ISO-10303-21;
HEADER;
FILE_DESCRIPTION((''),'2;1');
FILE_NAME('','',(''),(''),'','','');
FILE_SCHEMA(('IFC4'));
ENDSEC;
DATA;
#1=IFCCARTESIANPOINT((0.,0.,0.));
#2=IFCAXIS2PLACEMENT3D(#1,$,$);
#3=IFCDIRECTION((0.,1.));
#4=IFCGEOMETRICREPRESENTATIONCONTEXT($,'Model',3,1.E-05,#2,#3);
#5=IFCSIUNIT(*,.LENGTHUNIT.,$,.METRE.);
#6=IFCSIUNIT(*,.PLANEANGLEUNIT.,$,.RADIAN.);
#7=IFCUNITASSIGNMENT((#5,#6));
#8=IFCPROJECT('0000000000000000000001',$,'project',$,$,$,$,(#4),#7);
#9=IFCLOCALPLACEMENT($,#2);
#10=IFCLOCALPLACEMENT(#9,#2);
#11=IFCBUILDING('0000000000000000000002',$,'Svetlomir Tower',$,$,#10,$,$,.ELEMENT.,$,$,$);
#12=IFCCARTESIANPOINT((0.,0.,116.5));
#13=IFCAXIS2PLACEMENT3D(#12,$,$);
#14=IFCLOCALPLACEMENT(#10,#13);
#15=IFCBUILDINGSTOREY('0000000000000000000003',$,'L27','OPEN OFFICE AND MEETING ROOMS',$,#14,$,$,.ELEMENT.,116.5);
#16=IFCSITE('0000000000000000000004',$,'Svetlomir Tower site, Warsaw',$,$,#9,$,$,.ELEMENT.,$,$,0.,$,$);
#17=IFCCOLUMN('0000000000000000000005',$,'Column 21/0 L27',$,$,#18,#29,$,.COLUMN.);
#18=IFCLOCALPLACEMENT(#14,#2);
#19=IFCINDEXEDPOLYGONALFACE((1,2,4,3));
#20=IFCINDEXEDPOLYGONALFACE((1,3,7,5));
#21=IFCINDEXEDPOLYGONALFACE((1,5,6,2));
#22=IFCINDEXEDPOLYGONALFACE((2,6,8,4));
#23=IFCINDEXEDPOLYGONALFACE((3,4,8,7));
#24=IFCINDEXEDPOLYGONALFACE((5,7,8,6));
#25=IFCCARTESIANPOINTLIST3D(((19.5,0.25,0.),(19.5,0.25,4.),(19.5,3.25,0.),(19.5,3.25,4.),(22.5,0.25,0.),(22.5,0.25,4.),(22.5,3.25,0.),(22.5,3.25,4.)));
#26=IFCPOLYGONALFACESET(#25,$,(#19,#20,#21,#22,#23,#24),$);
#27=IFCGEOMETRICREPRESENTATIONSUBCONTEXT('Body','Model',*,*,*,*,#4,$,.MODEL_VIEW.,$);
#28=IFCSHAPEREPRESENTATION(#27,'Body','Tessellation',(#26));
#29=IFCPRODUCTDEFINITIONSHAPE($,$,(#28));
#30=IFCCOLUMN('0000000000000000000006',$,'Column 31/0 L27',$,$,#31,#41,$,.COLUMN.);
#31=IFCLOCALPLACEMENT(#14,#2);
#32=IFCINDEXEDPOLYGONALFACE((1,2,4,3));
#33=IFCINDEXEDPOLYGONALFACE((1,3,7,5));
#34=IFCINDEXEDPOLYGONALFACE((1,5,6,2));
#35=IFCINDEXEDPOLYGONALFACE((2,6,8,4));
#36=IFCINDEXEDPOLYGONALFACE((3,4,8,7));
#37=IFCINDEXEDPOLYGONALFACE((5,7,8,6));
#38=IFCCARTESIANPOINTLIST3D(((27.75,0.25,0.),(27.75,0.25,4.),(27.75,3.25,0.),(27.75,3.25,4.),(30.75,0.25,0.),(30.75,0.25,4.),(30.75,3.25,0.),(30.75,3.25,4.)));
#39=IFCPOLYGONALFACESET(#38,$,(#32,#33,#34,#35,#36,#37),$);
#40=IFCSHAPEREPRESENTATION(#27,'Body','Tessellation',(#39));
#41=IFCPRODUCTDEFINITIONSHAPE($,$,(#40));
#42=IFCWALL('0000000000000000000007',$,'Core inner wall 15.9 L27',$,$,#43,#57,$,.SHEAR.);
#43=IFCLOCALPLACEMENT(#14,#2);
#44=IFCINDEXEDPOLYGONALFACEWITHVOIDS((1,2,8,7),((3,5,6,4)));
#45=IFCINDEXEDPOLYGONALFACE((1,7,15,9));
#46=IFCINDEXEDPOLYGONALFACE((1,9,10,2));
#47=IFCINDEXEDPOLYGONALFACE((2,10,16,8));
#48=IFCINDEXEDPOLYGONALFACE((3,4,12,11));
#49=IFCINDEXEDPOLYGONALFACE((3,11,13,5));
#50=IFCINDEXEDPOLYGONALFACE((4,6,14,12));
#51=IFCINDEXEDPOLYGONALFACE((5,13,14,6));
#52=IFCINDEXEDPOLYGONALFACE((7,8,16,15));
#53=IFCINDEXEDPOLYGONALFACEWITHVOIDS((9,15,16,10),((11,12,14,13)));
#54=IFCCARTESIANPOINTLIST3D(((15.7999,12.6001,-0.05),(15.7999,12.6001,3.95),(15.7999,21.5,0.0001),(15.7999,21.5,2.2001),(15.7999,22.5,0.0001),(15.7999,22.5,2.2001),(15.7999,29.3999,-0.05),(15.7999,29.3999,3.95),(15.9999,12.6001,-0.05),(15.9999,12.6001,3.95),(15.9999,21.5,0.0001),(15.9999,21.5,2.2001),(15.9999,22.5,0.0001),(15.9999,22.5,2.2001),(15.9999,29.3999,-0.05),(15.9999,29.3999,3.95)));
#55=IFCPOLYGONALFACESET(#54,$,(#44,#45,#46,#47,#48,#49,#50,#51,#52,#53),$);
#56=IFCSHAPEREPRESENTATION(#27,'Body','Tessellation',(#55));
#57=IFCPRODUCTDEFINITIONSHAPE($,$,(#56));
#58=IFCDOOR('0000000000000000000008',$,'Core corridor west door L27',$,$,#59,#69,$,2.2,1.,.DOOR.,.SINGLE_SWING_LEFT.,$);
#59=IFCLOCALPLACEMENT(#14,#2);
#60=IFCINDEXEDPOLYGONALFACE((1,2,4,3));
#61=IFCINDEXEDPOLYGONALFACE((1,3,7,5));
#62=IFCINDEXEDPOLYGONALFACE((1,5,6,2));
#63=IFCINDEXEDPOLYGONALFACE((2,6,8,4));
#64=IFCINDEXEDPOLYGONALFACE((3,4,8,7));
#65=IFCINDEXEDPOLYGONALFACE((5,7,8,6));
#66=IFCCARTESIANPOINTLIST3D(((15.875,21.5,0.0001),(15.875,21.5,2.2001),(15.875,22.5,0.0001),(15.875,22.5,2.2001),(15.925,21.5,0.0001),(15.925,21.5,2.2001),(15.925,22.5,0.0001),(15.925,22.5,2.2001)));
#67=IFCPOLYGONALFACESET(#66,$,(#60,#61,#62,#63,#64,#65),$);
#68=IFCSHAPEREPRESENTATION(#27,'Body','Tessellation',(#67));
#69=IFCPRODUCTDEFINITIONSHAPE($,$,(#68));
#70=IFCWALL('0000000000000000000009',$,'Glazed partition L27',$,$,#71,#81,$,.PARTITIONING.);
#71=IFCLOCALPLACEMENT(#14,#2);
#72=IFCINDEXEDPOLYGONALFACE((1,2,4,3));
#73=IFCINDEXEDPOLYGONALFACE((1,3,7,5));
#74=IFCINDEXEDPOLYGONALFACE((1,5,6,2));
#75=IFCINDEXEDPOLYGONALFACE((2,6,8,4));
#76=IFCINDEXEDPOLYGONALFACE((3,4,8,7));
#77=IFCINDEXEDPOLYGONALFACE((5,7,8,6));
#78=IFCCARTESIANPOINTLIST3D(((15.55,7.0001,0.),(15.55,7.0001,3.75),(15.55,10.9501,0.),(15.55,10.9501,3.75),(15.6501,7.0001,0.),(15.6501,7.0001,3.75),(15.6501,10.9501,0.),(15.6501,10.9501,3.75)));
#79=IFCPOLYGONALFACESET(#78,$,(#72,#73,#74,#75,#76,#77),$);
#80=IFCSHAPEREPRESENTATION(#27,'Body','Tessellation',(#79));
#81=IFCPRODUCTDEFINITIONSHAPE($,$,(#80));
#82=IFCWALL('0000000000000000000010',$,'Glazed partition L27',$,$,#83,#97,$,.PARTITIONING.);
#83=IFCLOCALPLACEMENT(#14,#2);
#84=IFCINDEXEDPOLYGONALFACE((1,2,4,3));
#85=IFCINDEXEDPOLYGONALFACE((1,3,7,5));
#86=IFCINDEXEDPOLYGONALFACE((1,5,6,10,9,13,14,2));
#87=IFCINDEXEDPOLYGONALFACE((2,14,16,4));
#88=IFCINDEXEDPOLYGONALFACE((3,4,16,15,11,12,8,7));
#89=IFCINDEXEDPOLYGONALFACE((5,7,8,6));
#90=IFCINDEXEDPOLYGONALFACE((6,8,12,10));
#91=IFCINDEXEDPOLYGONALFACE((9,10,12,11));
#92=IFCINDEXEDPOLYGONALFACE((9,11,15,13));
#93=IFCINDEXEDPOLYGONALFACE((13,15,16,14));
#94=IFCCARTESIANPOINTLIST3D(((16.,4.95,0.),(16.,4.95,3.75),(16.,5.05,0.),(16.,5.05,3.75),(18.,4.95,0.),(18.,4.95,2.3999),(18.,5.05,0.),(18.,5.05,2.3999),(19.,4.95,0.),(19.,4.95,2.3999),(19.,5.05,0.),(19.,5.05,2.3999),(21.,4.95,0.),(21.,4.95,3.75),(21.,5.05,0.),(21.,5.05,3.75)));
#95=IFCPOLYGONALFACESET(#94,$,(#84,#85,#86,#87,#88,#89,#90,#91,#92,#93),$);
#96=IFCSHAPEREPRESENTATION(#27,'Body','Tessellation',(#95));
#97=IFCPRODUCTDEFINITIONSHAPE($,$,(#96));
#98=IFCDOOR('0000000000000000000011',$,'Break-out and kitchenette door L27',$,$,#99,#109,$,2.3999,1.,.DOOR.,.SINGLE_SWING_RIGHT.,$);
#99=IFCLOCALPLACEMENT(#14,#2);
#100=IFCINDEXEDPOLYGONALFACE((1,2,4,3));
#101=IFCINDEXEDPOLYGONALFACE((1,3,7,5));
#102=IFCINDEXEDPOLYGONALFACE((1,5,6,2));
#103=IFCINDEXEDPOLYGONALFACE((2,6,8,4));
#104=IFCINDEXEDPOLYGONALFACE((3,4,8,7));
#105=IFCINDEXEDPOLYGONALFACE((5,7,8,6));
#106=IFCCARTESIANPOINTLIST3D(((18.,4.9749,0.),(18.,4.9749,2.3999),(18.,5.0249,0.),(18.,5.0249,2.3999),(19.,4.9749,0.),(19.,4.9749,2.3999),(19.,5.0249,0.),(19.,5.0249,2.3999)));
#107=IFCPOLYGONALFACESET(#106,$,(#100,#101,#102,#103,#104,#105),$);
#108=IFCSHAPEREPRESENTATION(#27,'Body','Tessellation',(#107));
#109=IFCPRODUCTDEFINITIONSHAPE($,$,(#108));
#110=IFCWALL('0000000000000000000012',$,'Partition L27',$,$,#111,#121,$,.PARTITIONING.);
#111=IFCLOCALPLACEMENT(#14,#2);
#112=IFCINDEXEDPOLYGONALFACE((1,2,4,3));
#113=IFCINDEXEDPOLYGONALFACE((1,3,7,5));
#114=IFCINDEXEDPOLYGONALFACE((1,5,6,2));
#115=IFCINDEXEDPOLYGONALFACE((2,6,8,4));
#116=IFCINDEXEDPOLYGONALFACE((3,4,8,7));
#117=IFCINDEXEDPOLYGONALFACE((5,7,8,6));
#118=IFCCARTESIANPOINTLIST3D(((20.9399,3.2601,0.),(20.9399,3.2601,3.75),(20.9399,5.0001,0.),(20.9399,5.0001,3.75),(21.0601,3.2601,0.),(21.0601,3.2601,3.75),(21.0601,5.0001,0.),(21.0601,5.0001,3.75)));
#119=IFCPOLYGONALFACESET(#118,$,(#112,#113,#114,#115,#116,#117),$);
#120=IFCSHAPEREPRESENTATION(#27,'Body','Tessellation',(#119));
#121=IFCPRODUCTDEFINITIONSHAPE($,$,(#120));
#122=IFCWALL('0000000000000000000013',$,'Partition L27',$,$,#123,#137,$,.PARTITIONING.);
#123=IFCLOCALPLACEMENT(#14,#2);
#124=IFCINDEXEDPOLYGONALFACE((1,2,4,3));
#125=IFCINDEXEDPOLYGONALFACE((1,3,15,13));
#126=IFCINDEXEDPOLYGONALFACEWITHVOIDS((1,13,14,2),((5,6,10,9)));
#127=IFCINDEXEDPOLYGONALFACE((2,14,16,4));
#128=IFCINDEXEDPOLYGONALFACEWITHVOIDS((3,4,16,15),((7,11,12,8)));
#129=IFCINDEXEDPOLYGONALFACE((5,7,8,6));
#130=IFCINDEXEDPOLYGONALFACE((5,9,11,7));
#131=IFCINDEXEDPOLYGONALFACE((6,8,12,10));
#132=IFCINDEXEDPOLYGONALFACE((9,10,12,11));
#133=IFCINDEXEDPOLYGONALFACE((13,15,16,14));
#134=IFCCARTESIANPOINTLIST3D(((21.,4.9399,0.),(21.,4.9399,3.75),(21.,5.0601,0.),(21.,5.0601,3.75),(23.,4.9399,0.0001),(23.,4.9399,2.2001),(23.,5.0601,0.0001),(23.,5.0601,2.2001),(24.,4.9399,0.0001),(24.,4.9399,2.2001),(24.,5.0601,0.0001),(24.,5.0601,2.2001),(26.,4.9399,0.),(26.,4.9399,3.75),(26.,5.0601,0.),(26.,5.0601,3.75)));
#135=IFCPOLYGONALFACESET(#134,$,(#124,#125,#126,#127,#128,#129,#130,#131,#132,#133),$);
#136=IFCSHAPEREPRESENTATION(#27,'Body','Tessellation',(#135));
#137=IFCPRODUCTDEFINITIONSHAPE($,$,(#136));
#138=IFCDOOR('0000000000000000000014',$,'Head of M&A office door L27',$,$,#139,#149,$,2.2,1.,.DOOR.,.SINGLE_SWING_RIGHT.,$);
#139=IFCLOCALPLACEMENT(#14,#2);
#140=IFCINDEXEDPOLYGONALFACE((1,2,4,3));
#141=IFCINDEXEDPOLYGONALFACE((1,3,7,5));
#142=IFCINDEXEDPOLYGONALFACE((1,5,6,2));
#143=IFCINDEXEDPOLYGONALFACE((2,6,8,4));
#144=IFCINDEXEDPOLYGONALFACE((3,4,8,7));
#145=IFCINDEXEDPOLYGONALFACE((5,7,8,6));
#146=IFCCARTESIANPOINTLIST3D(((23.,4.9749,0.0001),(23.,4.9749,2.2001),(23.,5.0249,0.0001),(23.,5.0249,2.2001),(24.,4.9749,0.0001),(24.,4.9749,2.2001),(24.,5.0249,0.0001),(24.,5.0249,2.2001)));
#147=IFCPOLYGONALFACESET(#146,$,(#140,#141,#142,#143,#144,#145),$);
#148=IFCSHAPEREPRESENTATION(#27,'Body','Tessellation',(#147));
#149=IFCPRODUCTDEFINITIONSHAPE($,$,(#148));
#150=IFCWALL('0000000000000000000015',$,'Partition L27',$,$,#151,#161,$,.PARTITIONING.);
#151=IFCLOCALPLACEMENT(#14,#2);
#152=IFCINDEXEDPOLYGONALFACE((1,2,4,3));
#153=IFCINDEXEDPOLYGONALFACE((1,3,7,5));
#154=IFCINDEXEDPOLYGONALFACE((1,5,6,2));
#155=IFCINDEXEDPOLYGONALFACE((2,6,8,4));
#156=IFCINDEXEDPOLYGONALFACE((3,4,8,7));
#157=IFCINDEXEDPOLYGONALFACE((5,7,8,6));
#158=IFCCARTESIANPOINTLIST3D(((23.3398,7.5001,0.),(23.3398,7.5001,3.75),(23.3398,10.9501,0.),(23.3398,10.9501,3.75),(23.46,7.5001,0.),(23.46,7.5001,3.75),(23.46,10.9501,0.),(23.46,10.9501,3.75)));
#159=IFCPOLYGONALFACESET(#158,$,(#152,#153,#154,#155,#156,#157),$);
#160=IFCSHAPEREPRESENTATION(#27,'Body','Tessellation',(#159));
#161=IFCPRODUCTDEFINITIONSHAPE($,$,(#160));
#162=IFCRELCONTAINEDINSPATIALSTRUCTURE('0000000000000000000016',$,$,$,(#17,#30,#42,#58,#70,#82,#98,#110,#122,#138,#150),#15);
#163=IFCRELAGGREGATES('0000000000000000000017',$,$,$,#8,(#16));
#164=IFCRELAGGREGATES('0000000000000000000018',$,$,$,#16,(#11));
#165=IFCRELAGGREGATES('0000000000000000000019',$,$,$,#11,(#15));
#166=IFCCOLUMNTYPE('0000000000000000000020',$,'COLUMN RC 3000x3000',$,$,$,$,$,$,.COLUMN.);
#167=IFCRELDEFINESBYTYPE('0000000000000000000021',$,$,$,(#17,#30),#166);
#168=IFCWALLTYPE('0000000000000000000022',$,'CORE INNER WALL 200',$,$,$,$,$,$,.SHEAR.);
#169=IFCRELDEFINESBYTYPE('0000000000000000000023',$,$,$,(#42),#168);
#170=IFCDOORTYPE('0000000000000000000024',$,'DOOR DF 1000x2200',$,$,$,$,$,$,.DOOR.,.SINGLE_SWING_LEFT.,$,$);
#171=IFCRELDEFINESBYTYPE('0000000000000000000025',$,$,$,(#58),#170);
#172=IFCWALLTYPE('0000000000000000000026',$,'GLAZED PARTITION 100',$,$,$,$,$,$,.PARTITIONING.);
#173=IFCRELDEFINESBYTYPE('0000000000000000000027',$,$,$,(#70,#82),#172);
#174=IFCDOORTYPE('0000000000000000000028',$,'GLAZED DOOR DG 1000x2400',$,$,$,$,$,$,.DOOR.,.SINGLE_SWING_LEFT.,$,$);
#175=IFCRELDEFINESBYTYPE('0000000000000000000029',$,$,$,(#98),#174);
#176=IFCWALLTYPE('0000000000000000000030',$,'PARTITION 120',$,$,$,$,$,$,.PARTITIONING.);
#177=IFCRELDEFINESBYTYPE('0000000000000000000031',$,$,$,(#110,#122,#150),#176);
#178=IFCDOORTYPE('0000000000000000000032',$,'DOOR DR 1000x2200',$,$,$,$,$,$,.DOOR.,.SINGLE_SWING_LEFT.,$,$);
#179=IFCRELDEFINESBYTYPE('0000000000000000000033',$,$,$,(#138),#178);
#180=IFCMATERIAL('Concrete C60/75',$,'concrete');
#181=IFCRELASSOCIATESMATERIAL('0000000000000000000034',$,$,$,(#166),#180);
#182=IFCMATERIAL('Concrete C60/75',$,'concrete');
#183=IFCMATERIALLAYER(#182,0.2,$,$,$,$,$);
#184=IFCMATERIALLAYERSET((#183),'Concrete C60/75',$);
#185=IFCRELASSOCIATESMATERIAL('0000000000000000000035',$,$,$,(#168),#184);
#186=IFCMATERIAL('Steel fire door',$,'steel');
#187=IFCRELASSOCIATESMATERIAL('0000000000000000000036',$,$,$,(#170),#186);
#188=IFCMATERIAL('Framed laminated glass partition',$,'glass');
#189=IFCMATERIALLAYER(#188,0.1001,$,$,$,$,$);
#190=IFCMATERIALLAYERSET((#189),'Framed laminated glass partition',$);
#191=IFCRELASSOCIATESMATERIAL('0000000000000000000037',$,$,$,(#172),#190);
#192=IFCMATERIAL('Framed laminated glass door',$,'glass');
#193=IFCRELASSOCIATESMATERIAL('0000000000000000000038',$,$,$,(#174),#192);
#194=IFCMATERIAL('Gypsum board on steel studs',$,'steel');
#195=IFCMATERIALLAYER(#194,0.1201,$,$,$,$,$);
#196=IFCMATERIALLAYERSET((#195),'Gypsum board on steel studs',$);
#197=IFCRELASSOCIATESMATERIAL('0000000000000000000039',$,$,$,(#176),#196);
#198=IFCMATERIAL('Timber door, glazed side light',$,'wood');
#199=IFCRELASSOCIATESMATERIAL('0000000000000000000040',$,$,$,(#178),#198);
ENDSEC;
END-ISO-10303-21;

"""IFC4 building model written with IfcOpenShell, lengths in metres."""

from ifc_helpers import new_model, si_unit, direction, frame, frame_2d, origin, origin_2d, place, context, subcontext, project, spatial, rectangle, extrude, material, layer, layer_set, material_profile, profile_set, type_object, element, fill, save


model = new_model("IFC4")

# Units and contexts
model_context = context("Model", 3, precision=1e-05, world=origin(), true_north=direction((0.0, 1.0)))
body_context = subcontext(model_context, "Body", "Model", "MODEL_VIEW")
ifc_project = project(units=[si_unit("LENGTHUNIT", "METRE"), si_unit("PLANEANGLEUNIT", "RADIAN")], contexts=[model_context])

# Site, building, storey
site_placement = place(None, origin())
site = spatial("IfcSite", under=ifc_project, at=site_placement, Name="Svetlomir Tower site, Warsaw", CompositionType="ELEMENT", RefElevation=0.0)
building_placement = place(site_placement, origin())
building = spatial("IfcBuilding", under=site, at=building_placement, Name="Svetlomir Tower", CompositionType="ELEMENT")
storey_placement = place(building_placement, frame((0.0, 0.0, 116.5)))
storey = spatial("IfcBuildingStorey", under=building, at=storey_placement, Name="L27", Description="OPEN OFFICE AND MEETING ROOMS", CompositionType="ELEMENT", Elevation=116.5)

# Columns
ifc_material_1 = material(Name="Concrete C60/75", Category="concrete")
ifc_material_profile = material_profile(ifc_material_1, rectangle(XDim=3.0, YDim=3.0, at=origin_2d()), Name="RC 3000x3000")
ifc_profile_set = profile_set([ifc_material_profile], Name="Concrete C60/75")
column_type = type_object("IfcColumnType", Name="COLUMN RC 3000x3000", PredefinedType="COLUMN", material=ifc_profile_set)
for number, where, z_axis, x_axis, name in (
    (1, (21.0, 1.75, 0.0), (0.0, 0.0, 1.0), (1.0, 0.0, 0.0), "Column 21/0 L27"),
    (2, (29.25, 1.75, 0.0), (0.0, 0.0, 1.0), (1.0, 0.0, 0.0), "Column 31/0 L27"),
):
    element("IfcColumn", number, at=place(storey_placement, frame(where, z_axis=z_axis, x_axis=x_axis)), inside=storey, type_object=column_type, Name=name, PredefinedType="COLUMN", context=body_context, shape_type="SweptSolid", body=[
        extrude(rectangle(XDim=3.0, YDim=3.0, at=origin_2d()), origin(), (0.0, 0.0, 1.0), 4.0),
    ])

# Wall, opening, door
ifc_material_2 = material(Name="Concrete C60/75", Category="concrete")
ifc_layer_1 = layer(ifc_material_2, 0.2)
ifc_layer_set_1 = layer_set([ifc_layer_1], Name="Concrete C60/75")
wall_type_1 = type_object("IfcWallType", Name="CORE INNER WALL 200", PredefinedType="SHEAR", material=ifc_layer_set_1)
wall_1_placement = place(storey_placement, frame((15.8999, 12.6001, -0.05), z_axis=(0.0, 0.0, 1.0), x_axis=(0.0, 1.0, 0.0)))
wall_1 = element("IfcWall", 3, at=wall_1_placement, inside=storey, type_object=wall_type_1, Name="Core inner wall 15.9 L27", PredefinedType="SHEAR", context=body_context, shape_type="SweptSolid", body=[
    extrude(rectangle(XDim=16.7998, YDim=0.2, at=frame_2d((8.3999, 0.0))), origin(), (0.0, 0.0, 1.0), 4.0),
])
opening_1_placement = place(wall_1_placement, frame((8.8999, 0.0, 0.05)))
opening_1 = element("IfcOpeningElement", 4, at=opening_1_placement, cuts=wall_1, PredefinedType="OPENING", context=body_context, shape_type="SweptSolid", body=[
    extrude(rectangle(XDim=1.0, YDim=2.2, at=frame_2d((0.5, 1.1001))), frame((0.0, 0.1099, 0.0), z_axis=(0.0, -1.0, 0.0), x_axis=(1.0, 0.0, 0.0)), (0.0, 0.0, 1.0), 0.22),
])
ifc_material_3 = material(Name="Steel fire door", Category="steel")
door_type_1 = type_object("IfcDoorType", Name="DOOR DF 1000x2200", OperationType="SINGLE_SWING_LEFT", PredefinedType="DOOR", material=ifc_material_3)
door_1_placement = place(opening_1_placement, origin())
door_1 = element("IfcDoor", 5, at=door_1_placement, inside=storey, type_object=door_type_1, Name="Core corridor west door L27", OperationType="SINGLE_SWING_LEFT", OverallHeight=2.2, OverallWidth=1.0, PredefinedType="DOOR", context=body_context, shape_type="SweptSolid", body=[
    extrude(rectangle(XDim=1.0, YDim=2.2, at=frame_2d((0.5, 1.1001))), frame((0.0, 0.0249, 0.0), z_axis=(0.0, -1.0, 0.0), x_axis=(1.0, 0.0, 0.0)), (0.0, 0.0, 1.0), 0.05),
])
fill(opening_1, door_1)

# Wall
ifc_material_4 = material(Name="Framed laminated glass partition", Category="glass")
ifc_layer_2 = layer(ifc_material_4, 0.1001)
ifc_layer_set_2 = layer_set([ifc_layer_2], Name="Framed laminated glass partition")
wall_type_2 = type_object("IfcWallType", Name="GLAZED PARTITION 100", PredefinedType="PARTITIONING", material=ifc_layer_set_2)
wall_2_placement = place(storey_placement, frame((15.6001, 7.0, 0.0), z_axis=(0.0, 0.0, 1.0), x_axis=(0.0, 1.0, 0.0)))
element("IfcWall", 6, at=wall_2_placement, inside=storey, type_object=wall_type_2, Name="Glazed partition L27", PredefinedType="PARTITIONING", context=body_context, shape_type="SweptSolid", body=[
    extrude(rectangle(XDim=3.95, YDim=0.1001, at=frame_2d((1.9751, 0.0))), origin(), (0.0, 0.0, 1.0), 3.75),
])

# Wall, opening, door
wall_3_placement = place(storey_placement, frame((16.0, 5.0, 0.0), z_axis=(0.0, 0.0, 1.0), x_axis=(1.0, 0.0, 0.0)))
wall_3 = element("IfcWall", 7, at=wall_3_placement, inside=storey, type_object=wall_type_2, Name="Glazed partition L27", PredefinedType="PARTITIONING", context=body_context, shape_type="SweptSolid", body=[
    extrude(rectangle(XDim=5.0, YDim=0.1001, at=frame_2d((2.5, 0.0))), origin(), (0.0, 0.0, 1.0), 3.75),
])
opening_2_placement = place(wall_3_placement, frame((2.0, 0.0, 0.0)))
opening_2 = element("IfcOpeningElement", 8, at=opening_2_placement, cuts=wall_3, PredefinedType="OPENING", context=body_context, shape_type="SweptSolid", body=[
    extrude(rectangle(XDim=1.0, YDim=2.3999, at=frame_2d((0.5, 1.2))), frame((0.0, 0.0601, 0.0), z_axis=(0.0, -1.0, 0.0), x_axis=(1.0, 0.0, 0.0)), (0.0, 0.0, 1.0), 0.1201),
])
ifc_material_5 = material(Name="Framed laminated glass door", Category="glass")
door_type_2 = type_object("IfcDoorType", Name="GLAZED DOOR DG 1000x2400", OperationType="SINGLE_SWING_LEFT", PredefinedType="DOOR", material=ifc_material_5)
door_2_placement = place(opening_2_placement, origin())
door_2 = element("IfcDoor", 9, at=door_2_placement, inside=storey, type_object=door_type_2, Name="Break-out and kitchenette door L27", OperationType="SINGLE_SWING_RIGHT", OverallHeight=2.3999, OverallWidth=1.0, PredefinedType="DOOR", context=body_context, shape_type="SweptSolid", body=[
    extrude(rectangle(XDim=1.0, YDim=2.3999, at=frame_2d((0.5, 1.2))), frame((0.0, 0.0249, 0.0), z_axis=(0.0, -1.0, 0.0), x_axis=(1.0, 0.0, 0.0)), (0.0, 0.0, 1.0), 0.05),
])
fill(opening_2, door_2)

# Wall
ifc_material_6 = material(Name="Gypsum board on steel studs", Category="steel")
ifc_layer_3 = layer(ifc_material_6, 0.1201)
ifc_layer_set_3 = layer_set([ifc_layer_3], Name="Gypsum board on steel studs")
wall_type_3 = type_object("IfcWallType", Name="PARTITION 120", PredefinedType="PARTITIONING", material=ifc_layer_set_3)
wall_4_placement = place(storey_placement, frame((21.0, 3.26, 0.0), z_axis=(0.0, 0.0, 1.0), x_axis=(0.0, 1.0, 0.0)))
element("IfcWall", 10, at=wall_4_placement, inside=storey, type_object=wall_type_3, Name="Partition L27", PredefinedType="PARTITIONING", context=body_context, shape_type="SweptSolid", body=[
    extrude(rectangle(XDim=1.74, YDim=0.1201, at=frame_2d((0.8701, 0.0))), origin(), (0.0, 0.0, 1.0), 3.75),
])

# Wall, opening, door
wall_5_placement = place(storey_placement, frame((21.0, 5.0, 0.0), z_axis=(0.0, 0.0, 1.0), x_axis=(1.0, 0.0, 0.0)))
wall_5 = element("IfcWall", 11, at=wall_5_placement, inside=storey, type_object=wall_type_3, Name="Partition L27", PredefinedType="PARTITIONING", context=body_context, shape_type="SweptSolid", body=[
    extrude(rectangle(XDim=5.0, YDim=0.1201, at=frame_2d((2.5, 0.0))), origin(), (0.0, 0.0, 1.0), 3.75),
])
opening_3_placement = place(wall_5_placement, frame((2.0, 0.0, 0.0)))
opening_3 = element("IfcOpeningElement", 12, at=opening_3_placement, cuts=wall_5, PredefinedType="OPENING", context=body_context, shape_type="SweptSolid", body=[
    extrude(rectangle(XDim=1.0, YDim=2.2, at=frame_2d((0.5, 1.1001))), frame((0.0, 0.0701, 0.0), z_axis=(0.0, -1.0, 0.0), x_axis=(1.0, 0.0, 0.0)), (0.0, 0.0, 1.0), 0.1401),
])
ifc_material_7 = material(Name="Timber door, glazed side light", Category="wood")
door_type_3 = type_object("IfcDoorType", Name="DOOR DR 1000x2200", OperationType="SINGLE_SWING_LEFT", PredefinedType="DOOR", material=ifc_material_7)
door_3_placement = place(opening_3_placement, origin())
door_3 = element("IfcDoor", 13, at=door_3_placement, inside=storey, type_object=door_type_3, Name="Head of M&A office door L27", OperationType="SINGLE_SWING_RIGHT", OverallHeight=2.2, OverallWidth=1.0, PredefinedType="DOOR", context=body_context, shape_type="SweptSolid", body=[
    extrude(rectangle(XDim=1.0, YDim=2.2, at=frame_2d((0.5, 1.1001))), frame((0.0, 0.0249, 0.0), z_axis=(0.0, -1.0, 0.0), x_axis=(1.0, 0.0, 0.0)), (0.0, 0.0, 1.0), 0.05),
])
fill(opening_3, door_3)

# Wall
wall_6_placement = place(storey_placement, frame((23.3999, 7.5, 0.0), z_axis=(0.0, 0.0, 1.0), x_axis=(0.0, 1.0, 0.0)))
element("IfcWall", 14, at=wall_6_placement, inside=storey, type_object=wall_type_3, Name="Partition L27", PredefinedType="PARTITIONING", context=body_context, shape_type="SweptSolid", body=[
    extrude(rectangle(XDim=3.45, YDim=0.1201, at=frame_2d((1.7251, 0.0))), origin(), (0.0, 0.0, 1.0), 3.75),
])

save(model, "model.ifc")
